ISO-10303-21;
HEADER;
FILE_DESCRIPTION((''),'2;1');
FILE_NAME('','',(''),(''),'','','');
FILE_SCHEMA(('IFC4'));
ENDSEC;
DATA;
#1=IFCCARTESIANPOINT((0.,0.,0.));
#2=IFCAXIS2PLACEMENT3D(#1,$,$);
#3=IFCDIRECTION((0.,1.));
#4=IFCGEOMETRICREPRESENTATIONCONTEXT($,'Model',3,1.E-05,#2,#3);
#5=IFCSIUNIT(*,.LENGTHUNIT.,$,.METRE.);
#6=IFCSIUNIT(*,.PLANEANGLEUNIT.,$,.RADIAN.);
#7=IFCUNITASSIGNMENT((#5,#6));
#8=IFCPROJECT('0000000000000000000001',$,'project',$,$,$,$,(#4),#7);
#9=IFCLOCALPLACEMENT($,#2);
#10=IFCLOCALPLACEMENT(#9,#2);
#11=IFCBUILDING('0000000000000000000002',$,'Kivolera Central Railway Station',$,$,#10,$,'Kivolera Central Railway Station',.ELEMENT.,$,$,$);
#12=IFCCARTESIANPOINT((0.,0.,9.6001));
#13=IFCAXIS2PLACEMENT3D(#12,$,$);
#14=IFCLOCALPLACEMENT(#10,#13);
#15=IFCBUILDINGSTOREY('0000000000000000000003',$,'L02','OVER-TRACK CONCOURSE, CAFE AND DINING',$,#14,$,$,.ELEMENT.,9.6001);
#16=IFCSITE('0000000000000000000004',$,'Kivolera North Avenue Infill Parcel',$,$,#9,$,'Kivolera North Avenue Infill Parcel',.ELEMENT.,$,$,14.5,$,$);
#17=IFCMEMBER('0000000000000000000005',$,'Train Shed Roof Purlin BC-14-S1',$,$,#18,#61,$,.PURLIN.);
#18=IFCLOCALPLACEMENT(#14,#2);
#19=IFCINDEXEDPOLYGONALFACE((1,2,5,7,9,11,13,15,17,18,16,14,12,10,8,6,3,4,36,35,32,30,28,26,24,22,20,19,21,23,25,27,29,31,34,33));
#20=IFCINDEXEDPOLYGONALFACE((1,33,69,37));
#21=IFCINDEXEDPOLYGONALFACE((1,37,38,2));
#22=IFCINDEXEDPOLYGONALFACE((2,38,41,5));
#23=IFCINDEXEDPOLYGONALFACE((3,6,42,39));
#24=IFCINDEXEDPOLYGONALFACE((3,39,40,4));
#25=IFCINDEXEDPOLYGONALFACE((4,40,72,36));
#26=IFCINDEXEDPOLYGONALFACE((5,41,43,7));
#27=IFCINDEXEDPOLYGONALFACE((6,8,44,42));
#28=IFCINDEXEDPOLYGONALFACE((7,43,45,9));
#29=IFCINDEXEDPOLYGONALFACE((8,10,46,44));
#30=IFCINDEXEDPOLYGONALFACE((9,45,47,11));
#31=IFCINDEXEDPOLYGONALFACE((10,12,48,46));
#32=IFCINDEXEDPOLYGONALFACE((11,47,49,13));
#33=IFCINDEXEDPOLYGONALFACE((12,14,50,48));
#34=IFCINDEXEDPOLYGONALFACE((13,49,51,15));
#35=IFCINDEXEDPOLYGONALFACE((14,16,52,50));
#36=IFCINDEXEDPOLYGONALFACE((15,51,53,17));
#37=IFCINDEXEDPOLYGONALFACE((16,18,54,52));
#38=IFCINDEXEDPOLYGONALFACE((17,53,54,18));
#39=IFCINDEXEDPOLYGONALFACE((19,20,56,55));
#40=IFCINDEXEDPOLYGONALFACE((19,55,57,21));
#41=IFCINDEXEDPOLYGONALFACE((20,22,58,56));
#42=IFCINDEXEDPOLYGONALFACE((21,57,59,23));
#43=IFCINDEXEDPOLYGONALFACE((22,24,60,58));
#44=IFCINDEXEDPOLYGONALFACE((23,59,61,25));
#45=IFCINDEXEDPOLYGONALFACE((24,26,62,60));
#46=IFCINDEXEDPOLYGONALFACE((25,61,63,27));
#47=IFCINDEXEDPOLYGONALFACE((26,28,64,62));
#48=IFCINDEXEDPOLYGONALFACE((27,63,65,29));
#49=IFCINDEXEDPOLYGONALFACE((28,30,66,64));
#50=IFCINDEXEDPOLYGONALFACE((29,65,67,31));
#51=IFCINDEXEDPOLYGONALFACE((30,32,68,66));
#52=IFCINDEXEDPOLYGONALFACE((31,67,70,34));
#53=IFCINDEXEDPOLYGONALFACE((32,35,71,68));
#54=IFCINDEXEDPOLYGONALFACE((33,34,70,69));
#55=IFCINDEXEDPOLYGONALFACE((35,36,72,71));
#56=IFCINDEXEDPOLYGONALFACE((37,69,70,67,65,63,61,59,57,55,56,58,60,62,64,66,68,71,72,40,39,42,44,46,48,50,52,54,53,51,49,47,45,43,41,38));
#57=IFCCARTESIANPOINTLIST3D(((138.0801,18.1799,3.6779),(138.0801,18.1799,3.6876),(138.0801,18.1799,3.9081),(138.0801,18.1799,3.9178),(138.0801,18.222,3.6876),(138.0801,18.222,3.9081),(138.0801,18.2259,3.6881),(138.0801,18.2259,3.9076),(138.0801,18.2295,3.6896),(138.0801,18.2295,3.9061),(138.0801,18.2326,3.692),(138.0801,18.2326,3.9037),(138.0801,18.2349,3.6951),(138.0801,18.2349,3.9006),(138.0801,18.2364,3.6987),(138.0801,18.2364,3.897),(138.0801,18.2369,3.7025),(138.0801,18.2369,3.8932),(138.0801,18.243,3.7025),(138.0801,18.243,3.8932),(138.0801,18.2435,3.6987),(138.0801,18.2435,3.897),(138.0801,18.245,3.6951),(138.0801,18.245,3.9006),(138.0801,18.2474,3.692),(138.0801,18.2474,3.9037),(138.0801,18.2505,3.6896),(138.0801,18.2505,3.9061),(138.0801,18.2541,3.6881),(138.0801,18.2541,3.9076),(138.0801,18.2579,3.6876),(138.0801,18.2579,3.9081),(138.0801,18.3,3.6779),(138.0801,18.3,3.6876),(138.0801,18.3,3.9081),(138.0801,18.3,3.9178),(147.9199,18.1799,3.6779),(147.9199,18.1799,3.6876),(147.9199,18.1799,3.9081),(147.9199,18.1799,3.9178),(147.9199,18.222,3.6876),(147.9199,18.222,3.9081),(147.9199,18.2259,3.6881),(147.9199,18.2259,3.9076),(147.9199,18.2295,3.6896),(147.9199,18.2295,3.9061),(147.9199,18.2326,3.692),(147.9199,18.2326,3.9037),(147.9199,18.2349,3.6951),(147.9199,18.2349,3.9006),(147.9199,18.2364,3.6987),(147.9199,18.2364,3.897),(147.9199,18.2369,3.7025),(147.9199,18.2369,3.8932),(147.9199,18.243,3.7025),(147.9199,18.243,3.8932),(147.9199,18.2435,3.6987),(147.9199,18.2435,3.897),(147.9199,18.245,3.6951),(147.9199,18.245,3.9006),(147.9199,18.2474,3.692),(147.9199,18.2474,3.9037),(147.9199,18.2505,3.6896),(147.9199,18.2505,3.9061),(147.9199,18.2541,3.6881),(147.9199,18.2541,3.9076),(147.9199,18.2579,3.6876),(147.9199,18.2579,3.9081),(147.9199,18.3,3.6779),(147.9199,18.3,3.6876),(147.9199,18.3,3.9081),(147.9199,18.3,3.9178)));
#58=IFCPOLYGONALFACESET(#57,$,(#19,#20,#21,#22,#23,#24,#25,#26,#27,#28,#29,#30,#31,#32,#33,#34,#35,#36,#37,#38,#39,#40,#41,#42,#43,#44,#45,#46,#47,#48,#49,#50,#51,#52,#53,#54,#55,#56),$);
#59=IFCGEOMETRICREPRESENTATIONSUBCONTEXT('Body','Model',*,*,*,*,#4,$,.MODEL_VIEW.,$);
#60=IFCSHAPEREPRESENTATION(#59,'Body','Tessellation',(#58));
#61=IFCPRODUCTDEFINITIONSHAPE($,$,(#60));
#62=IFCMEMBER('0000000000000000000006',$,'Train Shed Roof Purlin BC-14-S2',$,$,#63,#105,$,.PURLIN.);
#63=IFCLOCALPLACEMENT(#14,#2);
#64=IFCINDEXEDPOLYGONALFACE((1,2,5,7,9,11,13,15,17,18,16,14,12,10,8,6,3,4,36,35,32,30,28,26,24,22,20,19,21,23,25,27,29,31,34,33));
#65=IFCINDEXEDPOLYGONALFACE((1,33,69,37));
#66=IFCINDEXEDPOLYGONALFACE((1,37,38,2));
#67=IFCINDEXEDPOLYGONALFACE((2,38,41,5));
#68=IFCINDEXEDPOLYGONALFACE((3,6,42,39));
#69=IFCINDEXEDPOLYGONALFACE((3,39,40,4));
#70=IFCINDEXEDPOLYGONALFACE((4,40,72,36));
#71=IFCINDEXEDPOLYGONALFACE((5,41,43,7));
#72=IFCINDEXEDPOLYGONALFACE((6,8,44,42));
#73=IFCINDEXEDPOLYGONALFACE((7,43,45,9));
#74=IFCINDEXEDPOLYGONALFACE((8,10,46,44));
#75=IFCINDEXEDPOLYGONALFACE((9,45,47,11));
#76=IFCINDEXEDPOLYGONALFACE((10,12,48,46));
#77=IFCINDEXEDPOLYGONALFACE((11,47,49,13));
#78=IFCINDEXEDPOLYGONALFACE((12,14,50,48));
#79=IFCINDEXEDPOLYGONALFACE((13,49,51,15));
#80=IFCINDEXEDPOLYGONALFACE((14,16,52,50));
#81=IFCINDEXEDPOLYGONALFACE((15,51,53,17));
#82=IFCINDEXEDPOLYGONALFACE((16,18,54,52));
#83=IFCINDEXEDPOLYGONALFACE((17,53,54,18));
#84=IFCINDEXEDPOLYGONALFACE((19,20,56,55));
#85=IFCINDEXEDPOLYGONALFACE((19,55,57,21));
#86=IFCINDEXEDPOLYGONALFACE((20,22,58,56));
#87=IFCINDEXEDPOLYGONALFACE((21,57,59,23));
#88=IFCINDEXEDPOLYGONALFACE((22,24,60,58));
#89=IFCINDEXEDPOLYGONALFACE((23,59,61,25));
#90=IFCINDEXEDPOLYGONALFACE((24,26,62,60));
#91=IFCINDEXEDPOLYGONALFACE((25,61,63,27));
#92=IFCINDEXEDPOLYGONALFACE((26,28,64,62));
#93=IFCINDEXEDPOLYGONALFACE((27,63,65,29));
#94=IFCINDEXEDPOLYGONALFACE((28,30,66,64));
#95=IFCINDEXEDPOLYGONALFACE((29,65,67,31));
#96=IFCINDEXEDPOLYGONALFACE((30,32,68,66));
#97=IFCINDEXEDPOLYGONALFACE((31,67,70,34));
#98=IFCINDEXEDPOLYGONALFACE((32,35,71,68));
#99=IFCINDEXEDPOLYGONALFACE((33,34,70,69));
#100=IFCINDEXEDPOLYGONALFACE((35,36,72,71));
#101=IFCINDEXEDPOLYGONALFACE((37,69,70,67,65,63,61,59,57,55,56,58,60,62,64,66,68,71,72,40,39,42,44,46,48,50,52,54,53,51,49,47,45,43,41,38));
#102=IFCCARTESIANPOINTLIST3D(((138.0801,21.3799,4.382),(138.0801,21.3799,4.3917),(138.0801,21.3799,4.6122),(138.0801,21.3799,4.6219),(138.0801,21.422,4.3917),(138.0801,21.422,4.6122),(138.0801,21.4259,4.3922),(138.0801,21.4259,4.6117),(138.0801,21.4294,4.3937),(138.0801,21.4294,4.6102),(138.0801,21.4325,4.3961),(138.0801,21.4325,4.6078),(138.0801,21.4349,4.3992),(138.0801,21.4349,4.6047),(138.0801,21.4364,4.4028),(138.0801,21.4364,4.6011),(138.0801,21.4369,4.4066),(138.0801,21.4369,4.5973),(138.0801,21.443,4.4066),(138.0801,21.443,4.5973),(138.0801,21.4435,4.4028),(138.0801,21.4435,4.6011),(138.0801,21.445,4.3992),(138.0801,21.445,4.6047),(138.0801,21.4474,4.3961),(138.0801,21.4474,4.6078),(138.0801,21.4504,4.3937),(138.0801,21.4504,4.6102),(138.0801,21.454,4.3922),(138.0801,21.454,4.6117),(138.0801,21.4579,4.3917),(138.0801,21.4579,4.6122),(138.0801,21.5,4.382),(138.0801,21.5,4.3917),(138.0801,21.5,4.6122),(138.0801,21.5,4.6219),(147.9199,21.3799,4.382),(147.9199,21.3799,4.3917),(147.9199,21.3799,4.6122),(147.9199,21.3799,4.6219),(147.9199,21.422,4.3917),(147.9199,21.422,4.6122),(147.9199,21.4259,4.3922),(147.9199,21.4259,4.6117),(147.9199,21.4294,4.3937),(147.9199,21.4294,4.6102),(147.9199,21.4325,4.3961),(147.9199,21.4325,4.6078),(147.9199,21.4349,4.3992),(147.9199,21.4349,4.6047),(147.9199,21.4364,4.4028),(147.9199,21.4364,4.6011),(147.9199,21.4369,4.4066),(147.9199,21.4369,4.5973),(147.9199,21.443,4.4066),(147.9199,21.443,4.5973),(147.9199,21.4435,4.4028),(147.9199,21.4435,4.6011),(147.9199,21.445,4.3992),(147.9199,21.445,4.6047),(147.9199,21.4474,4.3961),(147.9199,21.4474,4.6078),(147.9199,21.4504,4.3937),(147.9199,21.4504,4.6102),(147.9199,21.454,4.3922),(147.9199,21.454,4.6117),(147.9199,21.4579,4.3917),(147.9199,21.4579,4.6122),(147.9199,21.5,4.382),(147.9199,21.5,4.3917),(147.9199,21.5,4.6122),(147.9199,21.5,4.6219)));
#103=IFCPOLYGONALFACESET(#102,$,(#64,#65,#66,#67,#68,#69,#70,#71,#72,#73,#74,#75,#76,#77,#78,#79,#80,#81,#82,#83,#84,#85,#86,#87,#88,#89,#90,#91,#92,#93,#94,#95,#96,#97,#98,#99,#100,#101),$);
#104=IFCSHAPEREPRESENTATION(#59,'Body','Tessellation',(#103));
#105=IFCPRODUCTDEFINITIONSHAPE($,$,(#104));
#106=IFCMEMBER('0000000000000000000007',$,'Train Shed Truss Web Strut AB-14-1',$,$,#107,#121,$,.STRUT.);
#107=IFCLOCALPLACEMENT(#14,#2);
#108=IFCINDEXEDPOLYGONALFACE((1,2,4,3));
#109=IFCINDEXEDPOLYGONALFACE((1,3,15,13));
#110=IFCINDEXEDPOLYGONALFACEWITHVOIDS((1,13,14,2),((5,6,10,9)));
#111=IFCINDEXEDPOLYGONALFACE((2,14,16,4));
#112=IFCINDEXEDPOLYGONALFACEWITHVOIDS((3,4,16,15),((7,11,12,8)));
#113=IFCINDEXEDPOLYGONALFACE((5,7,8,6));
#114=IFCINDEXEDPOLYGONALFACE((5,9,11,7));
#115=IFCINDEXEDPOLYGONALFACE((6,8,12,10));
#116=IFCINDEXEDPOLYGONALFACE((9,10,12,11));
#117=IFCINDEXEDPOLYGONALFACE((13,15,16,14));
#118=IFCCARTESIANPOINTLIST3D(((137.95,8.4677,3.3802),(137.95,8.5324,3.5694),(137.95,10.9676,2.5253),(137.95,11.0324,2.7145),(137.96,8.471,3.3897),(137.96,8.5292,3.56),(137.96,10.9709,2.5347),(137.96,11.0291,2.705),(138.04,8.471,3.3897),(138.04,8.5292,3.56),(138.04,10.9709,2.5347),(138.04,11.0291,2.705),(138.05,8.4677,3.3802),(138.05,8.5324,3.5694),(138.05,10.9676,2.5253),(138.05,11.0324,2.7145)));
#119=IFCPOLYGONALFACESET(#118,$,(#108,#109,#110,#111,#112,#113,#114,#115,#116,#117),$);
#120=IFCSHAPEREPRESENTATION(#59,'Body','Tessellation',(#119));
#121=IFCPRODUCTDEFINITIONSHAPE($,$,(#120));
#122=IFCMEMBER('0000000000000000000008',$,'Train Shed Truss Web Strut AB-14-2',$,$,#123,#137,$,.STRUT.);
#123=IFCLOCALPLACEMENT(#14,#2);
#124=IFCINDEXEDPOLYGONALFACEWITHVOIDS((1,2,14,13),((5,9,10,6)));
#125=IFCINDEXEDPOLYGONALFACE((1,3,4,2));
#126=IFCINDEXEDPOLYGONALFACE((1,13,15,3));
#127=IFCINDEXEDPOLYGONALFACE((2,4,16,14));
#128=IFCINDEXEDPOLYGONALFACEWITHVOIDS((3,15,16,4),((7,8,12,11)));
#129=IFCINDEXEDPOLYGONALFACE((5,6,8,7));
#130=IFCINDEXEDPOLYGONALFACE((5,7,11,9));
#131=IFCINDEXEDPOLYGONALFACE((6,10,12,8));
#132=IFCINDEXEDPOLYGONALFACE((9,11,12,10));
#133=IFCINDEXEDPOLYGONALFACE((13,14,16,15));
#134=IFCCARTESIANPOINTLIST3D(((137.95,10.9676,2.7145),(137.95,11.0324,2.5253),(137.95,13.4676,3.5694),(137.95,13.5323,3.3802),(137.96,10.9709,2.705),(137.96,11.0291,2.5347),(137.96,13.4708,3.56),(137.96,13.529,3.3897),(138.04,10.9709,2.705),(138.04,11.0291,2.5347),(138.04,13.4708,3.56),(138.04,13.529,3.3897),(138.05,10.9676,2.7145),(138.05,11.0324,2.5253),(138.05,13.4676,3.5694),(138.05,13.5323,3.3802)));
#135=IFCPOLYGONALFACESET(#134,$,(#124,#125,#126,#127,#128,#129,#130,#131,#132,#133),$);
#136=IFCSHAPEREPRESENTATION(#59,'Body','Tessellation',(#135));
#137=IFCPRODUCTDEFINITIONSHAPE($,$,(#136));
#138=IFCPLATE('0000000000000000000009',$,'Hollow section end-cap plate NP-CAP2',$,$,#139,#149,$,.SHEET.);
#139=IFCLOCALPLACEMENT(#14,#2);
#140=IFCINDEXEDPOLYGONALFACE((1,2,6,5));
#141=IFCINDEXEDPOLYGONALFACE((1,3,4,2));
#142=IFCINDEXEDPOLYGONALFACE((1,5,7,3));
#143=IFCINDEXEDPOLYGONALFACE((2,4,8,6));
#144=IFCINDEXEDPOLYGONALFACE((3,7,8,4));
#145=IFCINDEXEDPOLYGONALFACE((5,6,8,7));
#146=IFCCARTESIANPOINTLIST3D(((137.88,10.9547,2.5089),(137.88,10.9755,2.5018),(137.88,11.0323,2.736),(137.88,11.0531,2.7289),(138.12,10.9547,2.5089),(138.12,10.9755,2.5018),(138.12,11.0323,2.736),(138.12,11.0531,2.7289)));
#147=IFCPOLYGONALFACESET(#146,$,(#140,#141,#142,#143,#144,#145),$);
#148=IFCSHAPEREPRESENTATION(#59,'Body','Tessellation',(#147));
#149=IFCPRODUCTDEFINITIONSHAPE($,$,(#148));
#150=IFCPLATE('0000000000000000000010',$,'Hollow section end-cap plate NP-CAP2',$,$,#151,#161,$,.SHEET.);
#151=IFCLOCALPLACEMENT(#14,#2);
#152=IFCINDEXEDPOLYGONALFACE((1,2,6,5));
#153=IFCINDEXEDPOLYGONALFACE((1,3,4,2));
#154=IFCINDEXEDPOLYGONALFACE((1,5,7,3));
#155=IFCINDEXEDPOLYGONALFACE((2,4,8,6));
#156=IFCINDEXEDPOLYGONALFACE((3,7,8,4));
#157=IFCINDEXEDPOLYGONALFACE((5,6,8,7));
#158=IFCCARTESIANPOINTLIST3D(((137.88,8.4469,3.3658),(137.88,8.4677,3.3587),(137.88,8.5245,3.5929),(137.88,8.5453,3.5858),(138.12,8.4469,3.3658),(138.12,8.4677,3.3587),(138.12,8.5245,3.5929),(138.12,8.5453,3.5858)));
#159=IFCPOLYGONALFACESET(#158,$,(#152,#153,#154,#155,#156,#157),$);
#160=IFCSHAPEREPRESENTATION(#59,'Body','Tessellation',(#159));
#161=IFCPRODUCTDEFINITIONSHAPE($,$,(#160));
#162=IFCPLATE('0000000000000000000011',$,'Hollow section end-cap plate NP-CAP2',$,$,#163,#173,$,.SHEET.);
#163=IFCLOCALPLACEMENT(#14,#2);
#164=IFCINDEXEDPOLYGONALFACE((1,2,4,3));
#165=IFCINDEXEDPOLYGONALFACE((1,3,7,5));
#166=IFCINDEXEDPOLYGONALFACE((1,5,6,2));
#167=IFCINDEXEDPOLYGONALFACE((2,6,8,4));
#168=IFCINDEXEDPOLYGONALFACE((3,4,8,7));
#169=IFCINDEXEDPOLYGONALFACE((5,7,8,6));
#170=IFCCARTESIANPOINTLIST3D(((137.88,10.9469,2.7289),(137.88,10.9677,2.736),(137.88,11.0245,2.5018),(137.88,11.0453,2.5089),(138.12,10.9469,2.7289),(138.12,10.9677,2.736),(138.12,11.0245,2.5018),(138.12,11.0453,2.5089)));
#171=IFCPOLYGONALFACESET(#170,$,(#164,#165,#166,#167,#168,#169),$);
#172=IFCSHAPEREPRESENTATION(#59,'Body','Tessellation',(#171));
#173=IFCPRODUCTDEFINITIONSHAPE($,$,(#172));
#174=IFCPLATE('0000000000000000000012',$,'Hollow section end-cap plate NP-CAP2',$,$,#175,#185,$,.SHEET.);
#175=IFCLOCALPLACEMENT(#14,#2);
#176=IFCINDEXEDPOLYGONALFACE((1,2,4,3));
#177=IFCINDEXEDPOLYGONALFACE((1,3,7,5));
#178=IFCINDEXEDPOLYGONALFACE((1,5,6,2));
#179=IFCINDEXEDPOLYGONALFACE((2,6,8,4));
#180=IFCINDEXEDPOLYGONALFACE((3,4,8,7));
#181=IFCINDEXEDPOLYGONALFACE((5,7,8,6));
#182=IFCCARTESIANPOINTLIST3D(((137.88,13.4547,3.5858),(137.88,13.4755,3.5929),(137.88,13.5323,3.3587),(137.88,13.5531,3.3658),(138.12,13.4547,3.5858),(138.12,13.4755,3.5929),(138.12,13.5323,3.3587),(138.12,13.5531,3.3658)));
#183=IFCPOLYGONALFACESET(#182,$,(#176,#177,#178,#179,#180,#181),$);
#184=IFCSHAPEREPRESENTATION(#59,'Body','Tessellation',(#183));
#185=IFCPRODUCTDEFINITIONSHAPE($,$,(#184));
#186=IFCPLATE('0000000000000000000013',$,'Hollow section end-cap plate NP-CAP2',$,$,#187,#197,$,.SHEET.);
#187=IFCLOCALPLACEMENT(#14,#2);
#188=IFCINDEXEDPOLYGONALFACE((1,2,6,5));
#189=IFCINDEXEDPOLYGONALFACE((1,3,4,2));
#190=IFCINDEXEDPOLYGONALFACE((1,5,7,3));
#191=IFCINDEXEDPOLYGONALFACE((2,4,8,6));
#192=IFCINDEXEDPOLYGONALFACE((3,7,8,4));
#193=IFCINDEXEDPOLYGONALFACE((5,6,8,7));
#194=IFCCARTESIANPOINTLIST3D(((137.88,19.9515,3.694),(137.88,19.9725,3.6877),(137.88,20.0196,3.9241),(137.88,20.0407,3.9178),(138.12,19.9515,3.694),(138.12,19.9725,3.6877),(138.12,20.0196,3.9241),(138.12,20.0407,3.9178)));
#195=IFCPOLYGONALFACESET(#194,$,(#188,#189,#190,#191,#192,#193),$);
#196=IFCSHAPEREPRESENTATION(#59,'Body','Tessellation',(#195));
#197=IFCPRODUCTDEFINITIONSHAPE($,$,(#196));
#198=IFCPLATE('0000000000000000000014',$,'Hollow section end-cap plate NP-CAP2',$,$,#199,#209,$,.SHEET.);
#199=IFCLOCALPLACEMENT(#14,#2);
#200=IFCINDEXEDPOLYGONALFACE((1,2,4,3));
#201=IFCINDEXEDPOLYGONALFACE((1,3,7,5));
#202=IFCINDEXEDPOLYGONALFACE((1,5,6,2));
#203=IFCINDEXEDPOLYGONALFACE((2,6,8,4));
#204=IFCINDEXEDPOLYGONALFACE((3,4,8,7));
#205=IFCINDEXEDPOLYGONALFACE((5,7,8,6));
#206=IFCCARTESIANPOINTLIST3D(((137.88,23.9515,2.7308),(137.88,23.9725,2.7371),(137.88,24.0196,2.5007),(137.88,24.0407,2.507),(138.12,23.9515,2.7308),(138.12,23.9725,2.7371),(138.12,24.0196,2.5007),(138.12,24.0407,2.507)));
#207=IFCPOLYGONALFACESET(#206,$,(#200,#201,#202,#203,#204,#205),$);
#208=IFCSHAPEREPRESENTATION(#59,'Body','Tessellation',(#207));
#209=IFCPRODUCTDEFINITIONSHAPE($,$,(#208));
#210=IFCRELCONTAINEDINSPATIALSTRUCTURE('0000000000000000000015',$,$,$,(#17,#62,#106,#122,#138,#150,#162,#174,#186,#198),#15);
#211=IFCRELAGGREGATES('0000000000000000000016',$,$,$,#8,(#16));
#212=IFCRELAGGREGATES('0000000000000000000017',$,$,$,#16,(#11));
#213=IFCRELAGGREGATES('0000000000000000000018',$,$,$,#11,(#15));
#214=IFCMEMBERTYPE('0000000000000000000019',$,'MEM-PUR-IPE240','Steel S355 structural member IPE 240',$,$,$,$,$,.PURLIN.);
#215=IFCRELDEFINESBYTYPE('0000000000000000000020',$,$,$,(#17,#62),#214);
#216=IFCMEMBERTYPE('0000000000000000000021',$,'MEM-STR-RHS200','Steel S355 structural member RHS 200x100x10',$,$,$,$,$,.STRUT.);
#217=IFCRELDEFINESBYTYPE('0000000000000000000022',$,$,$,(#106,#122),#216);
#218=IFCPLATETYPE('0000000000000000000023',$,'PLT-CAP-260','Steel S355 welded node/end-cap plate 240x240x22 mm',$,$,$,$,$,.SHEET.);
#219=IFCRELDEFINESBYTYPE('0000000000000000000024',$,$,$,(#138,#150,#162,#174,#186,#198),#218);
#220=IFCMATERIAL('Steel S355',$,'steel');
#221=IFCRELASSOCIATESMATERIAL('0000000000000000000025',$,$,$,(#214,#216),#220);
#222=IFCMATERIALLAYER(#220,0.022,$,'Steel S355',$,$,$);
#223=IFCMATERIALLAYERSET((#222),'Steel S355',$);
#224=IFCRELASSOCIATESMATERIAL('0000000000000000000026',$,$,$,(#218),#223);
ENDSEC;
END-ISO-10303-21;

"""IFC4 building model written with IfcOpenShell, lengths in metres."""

from ifc_helpers import new_model, si_unit, direction, frame, origin, origin_2d, place, context, subcontext, project, spatial, rectangle, hollow_rectangle, i_section, extrude, material, layer, layer_set, material_profile, profile_set, type_object, element, save


model = new_model("IFC4")

# Units and contexts
model_context = context("Model", 3, precision=1e-05, world=origin(), true_north=direction((0.0, 1.0)))
body_context = subcontext(model_context, "Body", "Model", "MODEL_VIEW")
ifc_project = project(units=[si_unit("LENGTHUNIT", "METRE"), si_unit("PLANEANGLEUNIT", "RADIAN")], contexts=[model_context])

# Site, building, storey
site_placement = place(None, origin())
site = spatial("IfcSite", under=ifc_project, at=site_placement, Name="Kivolera North Avenue Infill Parcel", LongName="Kivolera North Avenue Infill Parcel", CompositionType="ELEMENT", RefElevation=14.5)
building_placement = place(site_placement, origin())
building = spatial("IfcBuilding", under=site, at=building_placement, Name="Kivolera Central Railway Station", LongName="Kivolera Central Railway Station", CompositionType="ELEMENT")
storey_placement = place(building_placement, frame((0.0, 0.0, 9.6001)))
storey = spatial("IfcBuildingStorey", under=building, at=storey_placement, Name="L02", Description="OVER-TRACK CONCOURSE, CAFE AND DINING", CompositionType="ELEMENT", Elevation=9.6001)

# Shared definitions
ifc_material_1 = material(Name="Steel S355", Category="steel")

# Members
ifc_material_profile_1 = material_profile(ifc_material_1, i_section(OverallWidth=0.1201, OverallDepth=0.24, WebThickness=0.0061, FlangeThickness=0.0098, FilletRadius=0.0149, at=origin_2d()), Name="IPE 240")
ifc_profile_set_1 = profile_set([ifc_material_profile_1], Name="Steel S355")
member_type_1 = type_object("IfcMemberType", Name="MEM-PUR-IPE240", Description="Steel S355 structural member IPE 240", PredefinedType="PURLIN", material=ifc_profile_set_1)
for number, where, z_axis, x_axis, name in (
    (1, (138.0801, 18.24, 3.7979), (1.0, 0.0, 0.0), (0.0, 1.0, 0.0), "Train Shed Roof Purlin BC-14-S1"),
    (2, (138.0801, 21.4399, 4.502), (1.0, 0.0, 0.0), (0.0, 1.0, 0.0), "Train Shed Roof Purlin BC-14-S2"),
):
    element("IfcMember", number, at=place(storey_placement, frame(where, z_axis=z_axis, x_axis=x_axis)), inside=storey, type_object=member_type_1, Name=name, PredefinedType="PURLIN", context=body_context, shape_type="SweptSolid", body=[
        extrude(i_section(OverallWidth=0.1201, OverallDepth=0.24, WebThickness=0.0061, FlangeThickness=0.0098, FilletRadius=0.0149, at=origin_2d()), origin(), (0.0, 0.0, 1.0), 9.8398),
    ])
ifc_material_profile_2 = material_profile(ifc_material_1, hollow_rectangle(XDim=0.1001, YDim=0.2, WallThickness=0.01, at=origin_2d()), Name="RHS 200x100x10")
ifc_profile_set_2 = profile_set([ifc_material_profile_2], Name="Steel S355")
member_type_2 = type_object("IfcMemberType", Name="MEM-STR-RHS200", Description="Steel S355 structural member RHS 200x100x10", PredefinedType="STRUT", material=ifc_profile_set_2)
for number, where, z_axis, x_axis, name in (
    (3, (138.0, 11.0, 2.6199), (0.0, -0.946197, 0.323592), (1.0, 0.0, 0.0), "Train Shed Truss Web Strut AB-14-1"),
    (4, (138.0, 11.0, 2.6199), (0.0, 0.946197, 0.323592), (-1.0, 0.0, 0.0), "Train Shed Truss Web Strut AB-14-2"),
):
    element("IfcMember", number, at=place(storey_placement, frame(where, z_axis=z_axis, x_axis=x_axis)), inside=storey, type_object=member_type_2, Name=name, PredefinedType="STRUT", context=body_context, shape_type="SweptSolid", body=[
        extrude(hollow_rectangle(XDim=0.1001, YDim=0.2, WallThickness=0.01, at=origin_2d()), origin(), (0.0, 0.0, 1.0), 2.6421),
    ])

# Plates
ifc_layer_1 = layer(ifc_material_1, 0.022, Name="Steel S355")
ifc_layer_set_1 = layer_set([ifc_layer_1], Name="Steel S355")
plate_type = type_object("IfcPlateType", Name="PLT-CAP-260", Description="Steel S355 welded node/end-cap plate 240x240x22 mm", PredefinedType="SHEET", material=ifc_layer_set_1)
for number, where, z_axis, x_axis, name in (
    (5, (138.0, 11.0039, 2.6189), (0.0, -0.946194, 0.323599), (1.0, 0.0, 0.0), "Hollow section end-cap plate NP-CAP2"),
    (6, (138.0, 8.4961, 3.4758), (0.0, -0.946194, 0.323599), (1.0, 0.0, 0.0), "Hollow section end-cap plate NP-CAP2"),
    (7, (138.0, 10.9961, 2.6189), (0.0, 0.946194, 0.323599), (-1.0, 0.0, 0.0), "Hollow section end-cap plate NP-CAP2"),
    (8, (138.0, 13.5039, 3.4758), (0.0, 0.946194, 0.323599), (-1.0, 0.0, 0.0), "Hollow section end-cap plate NP-CAP2"),
    (9, (138.0, 19.9961, 3.8059), (0.0, -0.95881, 0.284048), (1.0, 0.0, 0.0), "Hollow section end-cap plate NP-CAP2"),
    (10, (138.0, 23.9961, 2.6189), (0.0, 0.95881, 0.284048), (-1.0, 0.0, 0.0), "Hollow section end-cap plate NP-CAP2"),
):
    element("IfcPlate", number, at=place(storey_placement, frame(where, z_axis=z_axis, x_axis=x_axis)), inside=storey, type_object=plate_type, Name=name, PredefinedType="SHEET", context=body_context, shape_type="SweptSolid", body=[
        extrude(rectangle(XDim=0.24, YDim=0.24, at=origin_2d()), frame((0.0, 0.0, -0.011)), (0.0, 0.0, 1.0), 0.022),
    ])

save(model, "model.ifc")
